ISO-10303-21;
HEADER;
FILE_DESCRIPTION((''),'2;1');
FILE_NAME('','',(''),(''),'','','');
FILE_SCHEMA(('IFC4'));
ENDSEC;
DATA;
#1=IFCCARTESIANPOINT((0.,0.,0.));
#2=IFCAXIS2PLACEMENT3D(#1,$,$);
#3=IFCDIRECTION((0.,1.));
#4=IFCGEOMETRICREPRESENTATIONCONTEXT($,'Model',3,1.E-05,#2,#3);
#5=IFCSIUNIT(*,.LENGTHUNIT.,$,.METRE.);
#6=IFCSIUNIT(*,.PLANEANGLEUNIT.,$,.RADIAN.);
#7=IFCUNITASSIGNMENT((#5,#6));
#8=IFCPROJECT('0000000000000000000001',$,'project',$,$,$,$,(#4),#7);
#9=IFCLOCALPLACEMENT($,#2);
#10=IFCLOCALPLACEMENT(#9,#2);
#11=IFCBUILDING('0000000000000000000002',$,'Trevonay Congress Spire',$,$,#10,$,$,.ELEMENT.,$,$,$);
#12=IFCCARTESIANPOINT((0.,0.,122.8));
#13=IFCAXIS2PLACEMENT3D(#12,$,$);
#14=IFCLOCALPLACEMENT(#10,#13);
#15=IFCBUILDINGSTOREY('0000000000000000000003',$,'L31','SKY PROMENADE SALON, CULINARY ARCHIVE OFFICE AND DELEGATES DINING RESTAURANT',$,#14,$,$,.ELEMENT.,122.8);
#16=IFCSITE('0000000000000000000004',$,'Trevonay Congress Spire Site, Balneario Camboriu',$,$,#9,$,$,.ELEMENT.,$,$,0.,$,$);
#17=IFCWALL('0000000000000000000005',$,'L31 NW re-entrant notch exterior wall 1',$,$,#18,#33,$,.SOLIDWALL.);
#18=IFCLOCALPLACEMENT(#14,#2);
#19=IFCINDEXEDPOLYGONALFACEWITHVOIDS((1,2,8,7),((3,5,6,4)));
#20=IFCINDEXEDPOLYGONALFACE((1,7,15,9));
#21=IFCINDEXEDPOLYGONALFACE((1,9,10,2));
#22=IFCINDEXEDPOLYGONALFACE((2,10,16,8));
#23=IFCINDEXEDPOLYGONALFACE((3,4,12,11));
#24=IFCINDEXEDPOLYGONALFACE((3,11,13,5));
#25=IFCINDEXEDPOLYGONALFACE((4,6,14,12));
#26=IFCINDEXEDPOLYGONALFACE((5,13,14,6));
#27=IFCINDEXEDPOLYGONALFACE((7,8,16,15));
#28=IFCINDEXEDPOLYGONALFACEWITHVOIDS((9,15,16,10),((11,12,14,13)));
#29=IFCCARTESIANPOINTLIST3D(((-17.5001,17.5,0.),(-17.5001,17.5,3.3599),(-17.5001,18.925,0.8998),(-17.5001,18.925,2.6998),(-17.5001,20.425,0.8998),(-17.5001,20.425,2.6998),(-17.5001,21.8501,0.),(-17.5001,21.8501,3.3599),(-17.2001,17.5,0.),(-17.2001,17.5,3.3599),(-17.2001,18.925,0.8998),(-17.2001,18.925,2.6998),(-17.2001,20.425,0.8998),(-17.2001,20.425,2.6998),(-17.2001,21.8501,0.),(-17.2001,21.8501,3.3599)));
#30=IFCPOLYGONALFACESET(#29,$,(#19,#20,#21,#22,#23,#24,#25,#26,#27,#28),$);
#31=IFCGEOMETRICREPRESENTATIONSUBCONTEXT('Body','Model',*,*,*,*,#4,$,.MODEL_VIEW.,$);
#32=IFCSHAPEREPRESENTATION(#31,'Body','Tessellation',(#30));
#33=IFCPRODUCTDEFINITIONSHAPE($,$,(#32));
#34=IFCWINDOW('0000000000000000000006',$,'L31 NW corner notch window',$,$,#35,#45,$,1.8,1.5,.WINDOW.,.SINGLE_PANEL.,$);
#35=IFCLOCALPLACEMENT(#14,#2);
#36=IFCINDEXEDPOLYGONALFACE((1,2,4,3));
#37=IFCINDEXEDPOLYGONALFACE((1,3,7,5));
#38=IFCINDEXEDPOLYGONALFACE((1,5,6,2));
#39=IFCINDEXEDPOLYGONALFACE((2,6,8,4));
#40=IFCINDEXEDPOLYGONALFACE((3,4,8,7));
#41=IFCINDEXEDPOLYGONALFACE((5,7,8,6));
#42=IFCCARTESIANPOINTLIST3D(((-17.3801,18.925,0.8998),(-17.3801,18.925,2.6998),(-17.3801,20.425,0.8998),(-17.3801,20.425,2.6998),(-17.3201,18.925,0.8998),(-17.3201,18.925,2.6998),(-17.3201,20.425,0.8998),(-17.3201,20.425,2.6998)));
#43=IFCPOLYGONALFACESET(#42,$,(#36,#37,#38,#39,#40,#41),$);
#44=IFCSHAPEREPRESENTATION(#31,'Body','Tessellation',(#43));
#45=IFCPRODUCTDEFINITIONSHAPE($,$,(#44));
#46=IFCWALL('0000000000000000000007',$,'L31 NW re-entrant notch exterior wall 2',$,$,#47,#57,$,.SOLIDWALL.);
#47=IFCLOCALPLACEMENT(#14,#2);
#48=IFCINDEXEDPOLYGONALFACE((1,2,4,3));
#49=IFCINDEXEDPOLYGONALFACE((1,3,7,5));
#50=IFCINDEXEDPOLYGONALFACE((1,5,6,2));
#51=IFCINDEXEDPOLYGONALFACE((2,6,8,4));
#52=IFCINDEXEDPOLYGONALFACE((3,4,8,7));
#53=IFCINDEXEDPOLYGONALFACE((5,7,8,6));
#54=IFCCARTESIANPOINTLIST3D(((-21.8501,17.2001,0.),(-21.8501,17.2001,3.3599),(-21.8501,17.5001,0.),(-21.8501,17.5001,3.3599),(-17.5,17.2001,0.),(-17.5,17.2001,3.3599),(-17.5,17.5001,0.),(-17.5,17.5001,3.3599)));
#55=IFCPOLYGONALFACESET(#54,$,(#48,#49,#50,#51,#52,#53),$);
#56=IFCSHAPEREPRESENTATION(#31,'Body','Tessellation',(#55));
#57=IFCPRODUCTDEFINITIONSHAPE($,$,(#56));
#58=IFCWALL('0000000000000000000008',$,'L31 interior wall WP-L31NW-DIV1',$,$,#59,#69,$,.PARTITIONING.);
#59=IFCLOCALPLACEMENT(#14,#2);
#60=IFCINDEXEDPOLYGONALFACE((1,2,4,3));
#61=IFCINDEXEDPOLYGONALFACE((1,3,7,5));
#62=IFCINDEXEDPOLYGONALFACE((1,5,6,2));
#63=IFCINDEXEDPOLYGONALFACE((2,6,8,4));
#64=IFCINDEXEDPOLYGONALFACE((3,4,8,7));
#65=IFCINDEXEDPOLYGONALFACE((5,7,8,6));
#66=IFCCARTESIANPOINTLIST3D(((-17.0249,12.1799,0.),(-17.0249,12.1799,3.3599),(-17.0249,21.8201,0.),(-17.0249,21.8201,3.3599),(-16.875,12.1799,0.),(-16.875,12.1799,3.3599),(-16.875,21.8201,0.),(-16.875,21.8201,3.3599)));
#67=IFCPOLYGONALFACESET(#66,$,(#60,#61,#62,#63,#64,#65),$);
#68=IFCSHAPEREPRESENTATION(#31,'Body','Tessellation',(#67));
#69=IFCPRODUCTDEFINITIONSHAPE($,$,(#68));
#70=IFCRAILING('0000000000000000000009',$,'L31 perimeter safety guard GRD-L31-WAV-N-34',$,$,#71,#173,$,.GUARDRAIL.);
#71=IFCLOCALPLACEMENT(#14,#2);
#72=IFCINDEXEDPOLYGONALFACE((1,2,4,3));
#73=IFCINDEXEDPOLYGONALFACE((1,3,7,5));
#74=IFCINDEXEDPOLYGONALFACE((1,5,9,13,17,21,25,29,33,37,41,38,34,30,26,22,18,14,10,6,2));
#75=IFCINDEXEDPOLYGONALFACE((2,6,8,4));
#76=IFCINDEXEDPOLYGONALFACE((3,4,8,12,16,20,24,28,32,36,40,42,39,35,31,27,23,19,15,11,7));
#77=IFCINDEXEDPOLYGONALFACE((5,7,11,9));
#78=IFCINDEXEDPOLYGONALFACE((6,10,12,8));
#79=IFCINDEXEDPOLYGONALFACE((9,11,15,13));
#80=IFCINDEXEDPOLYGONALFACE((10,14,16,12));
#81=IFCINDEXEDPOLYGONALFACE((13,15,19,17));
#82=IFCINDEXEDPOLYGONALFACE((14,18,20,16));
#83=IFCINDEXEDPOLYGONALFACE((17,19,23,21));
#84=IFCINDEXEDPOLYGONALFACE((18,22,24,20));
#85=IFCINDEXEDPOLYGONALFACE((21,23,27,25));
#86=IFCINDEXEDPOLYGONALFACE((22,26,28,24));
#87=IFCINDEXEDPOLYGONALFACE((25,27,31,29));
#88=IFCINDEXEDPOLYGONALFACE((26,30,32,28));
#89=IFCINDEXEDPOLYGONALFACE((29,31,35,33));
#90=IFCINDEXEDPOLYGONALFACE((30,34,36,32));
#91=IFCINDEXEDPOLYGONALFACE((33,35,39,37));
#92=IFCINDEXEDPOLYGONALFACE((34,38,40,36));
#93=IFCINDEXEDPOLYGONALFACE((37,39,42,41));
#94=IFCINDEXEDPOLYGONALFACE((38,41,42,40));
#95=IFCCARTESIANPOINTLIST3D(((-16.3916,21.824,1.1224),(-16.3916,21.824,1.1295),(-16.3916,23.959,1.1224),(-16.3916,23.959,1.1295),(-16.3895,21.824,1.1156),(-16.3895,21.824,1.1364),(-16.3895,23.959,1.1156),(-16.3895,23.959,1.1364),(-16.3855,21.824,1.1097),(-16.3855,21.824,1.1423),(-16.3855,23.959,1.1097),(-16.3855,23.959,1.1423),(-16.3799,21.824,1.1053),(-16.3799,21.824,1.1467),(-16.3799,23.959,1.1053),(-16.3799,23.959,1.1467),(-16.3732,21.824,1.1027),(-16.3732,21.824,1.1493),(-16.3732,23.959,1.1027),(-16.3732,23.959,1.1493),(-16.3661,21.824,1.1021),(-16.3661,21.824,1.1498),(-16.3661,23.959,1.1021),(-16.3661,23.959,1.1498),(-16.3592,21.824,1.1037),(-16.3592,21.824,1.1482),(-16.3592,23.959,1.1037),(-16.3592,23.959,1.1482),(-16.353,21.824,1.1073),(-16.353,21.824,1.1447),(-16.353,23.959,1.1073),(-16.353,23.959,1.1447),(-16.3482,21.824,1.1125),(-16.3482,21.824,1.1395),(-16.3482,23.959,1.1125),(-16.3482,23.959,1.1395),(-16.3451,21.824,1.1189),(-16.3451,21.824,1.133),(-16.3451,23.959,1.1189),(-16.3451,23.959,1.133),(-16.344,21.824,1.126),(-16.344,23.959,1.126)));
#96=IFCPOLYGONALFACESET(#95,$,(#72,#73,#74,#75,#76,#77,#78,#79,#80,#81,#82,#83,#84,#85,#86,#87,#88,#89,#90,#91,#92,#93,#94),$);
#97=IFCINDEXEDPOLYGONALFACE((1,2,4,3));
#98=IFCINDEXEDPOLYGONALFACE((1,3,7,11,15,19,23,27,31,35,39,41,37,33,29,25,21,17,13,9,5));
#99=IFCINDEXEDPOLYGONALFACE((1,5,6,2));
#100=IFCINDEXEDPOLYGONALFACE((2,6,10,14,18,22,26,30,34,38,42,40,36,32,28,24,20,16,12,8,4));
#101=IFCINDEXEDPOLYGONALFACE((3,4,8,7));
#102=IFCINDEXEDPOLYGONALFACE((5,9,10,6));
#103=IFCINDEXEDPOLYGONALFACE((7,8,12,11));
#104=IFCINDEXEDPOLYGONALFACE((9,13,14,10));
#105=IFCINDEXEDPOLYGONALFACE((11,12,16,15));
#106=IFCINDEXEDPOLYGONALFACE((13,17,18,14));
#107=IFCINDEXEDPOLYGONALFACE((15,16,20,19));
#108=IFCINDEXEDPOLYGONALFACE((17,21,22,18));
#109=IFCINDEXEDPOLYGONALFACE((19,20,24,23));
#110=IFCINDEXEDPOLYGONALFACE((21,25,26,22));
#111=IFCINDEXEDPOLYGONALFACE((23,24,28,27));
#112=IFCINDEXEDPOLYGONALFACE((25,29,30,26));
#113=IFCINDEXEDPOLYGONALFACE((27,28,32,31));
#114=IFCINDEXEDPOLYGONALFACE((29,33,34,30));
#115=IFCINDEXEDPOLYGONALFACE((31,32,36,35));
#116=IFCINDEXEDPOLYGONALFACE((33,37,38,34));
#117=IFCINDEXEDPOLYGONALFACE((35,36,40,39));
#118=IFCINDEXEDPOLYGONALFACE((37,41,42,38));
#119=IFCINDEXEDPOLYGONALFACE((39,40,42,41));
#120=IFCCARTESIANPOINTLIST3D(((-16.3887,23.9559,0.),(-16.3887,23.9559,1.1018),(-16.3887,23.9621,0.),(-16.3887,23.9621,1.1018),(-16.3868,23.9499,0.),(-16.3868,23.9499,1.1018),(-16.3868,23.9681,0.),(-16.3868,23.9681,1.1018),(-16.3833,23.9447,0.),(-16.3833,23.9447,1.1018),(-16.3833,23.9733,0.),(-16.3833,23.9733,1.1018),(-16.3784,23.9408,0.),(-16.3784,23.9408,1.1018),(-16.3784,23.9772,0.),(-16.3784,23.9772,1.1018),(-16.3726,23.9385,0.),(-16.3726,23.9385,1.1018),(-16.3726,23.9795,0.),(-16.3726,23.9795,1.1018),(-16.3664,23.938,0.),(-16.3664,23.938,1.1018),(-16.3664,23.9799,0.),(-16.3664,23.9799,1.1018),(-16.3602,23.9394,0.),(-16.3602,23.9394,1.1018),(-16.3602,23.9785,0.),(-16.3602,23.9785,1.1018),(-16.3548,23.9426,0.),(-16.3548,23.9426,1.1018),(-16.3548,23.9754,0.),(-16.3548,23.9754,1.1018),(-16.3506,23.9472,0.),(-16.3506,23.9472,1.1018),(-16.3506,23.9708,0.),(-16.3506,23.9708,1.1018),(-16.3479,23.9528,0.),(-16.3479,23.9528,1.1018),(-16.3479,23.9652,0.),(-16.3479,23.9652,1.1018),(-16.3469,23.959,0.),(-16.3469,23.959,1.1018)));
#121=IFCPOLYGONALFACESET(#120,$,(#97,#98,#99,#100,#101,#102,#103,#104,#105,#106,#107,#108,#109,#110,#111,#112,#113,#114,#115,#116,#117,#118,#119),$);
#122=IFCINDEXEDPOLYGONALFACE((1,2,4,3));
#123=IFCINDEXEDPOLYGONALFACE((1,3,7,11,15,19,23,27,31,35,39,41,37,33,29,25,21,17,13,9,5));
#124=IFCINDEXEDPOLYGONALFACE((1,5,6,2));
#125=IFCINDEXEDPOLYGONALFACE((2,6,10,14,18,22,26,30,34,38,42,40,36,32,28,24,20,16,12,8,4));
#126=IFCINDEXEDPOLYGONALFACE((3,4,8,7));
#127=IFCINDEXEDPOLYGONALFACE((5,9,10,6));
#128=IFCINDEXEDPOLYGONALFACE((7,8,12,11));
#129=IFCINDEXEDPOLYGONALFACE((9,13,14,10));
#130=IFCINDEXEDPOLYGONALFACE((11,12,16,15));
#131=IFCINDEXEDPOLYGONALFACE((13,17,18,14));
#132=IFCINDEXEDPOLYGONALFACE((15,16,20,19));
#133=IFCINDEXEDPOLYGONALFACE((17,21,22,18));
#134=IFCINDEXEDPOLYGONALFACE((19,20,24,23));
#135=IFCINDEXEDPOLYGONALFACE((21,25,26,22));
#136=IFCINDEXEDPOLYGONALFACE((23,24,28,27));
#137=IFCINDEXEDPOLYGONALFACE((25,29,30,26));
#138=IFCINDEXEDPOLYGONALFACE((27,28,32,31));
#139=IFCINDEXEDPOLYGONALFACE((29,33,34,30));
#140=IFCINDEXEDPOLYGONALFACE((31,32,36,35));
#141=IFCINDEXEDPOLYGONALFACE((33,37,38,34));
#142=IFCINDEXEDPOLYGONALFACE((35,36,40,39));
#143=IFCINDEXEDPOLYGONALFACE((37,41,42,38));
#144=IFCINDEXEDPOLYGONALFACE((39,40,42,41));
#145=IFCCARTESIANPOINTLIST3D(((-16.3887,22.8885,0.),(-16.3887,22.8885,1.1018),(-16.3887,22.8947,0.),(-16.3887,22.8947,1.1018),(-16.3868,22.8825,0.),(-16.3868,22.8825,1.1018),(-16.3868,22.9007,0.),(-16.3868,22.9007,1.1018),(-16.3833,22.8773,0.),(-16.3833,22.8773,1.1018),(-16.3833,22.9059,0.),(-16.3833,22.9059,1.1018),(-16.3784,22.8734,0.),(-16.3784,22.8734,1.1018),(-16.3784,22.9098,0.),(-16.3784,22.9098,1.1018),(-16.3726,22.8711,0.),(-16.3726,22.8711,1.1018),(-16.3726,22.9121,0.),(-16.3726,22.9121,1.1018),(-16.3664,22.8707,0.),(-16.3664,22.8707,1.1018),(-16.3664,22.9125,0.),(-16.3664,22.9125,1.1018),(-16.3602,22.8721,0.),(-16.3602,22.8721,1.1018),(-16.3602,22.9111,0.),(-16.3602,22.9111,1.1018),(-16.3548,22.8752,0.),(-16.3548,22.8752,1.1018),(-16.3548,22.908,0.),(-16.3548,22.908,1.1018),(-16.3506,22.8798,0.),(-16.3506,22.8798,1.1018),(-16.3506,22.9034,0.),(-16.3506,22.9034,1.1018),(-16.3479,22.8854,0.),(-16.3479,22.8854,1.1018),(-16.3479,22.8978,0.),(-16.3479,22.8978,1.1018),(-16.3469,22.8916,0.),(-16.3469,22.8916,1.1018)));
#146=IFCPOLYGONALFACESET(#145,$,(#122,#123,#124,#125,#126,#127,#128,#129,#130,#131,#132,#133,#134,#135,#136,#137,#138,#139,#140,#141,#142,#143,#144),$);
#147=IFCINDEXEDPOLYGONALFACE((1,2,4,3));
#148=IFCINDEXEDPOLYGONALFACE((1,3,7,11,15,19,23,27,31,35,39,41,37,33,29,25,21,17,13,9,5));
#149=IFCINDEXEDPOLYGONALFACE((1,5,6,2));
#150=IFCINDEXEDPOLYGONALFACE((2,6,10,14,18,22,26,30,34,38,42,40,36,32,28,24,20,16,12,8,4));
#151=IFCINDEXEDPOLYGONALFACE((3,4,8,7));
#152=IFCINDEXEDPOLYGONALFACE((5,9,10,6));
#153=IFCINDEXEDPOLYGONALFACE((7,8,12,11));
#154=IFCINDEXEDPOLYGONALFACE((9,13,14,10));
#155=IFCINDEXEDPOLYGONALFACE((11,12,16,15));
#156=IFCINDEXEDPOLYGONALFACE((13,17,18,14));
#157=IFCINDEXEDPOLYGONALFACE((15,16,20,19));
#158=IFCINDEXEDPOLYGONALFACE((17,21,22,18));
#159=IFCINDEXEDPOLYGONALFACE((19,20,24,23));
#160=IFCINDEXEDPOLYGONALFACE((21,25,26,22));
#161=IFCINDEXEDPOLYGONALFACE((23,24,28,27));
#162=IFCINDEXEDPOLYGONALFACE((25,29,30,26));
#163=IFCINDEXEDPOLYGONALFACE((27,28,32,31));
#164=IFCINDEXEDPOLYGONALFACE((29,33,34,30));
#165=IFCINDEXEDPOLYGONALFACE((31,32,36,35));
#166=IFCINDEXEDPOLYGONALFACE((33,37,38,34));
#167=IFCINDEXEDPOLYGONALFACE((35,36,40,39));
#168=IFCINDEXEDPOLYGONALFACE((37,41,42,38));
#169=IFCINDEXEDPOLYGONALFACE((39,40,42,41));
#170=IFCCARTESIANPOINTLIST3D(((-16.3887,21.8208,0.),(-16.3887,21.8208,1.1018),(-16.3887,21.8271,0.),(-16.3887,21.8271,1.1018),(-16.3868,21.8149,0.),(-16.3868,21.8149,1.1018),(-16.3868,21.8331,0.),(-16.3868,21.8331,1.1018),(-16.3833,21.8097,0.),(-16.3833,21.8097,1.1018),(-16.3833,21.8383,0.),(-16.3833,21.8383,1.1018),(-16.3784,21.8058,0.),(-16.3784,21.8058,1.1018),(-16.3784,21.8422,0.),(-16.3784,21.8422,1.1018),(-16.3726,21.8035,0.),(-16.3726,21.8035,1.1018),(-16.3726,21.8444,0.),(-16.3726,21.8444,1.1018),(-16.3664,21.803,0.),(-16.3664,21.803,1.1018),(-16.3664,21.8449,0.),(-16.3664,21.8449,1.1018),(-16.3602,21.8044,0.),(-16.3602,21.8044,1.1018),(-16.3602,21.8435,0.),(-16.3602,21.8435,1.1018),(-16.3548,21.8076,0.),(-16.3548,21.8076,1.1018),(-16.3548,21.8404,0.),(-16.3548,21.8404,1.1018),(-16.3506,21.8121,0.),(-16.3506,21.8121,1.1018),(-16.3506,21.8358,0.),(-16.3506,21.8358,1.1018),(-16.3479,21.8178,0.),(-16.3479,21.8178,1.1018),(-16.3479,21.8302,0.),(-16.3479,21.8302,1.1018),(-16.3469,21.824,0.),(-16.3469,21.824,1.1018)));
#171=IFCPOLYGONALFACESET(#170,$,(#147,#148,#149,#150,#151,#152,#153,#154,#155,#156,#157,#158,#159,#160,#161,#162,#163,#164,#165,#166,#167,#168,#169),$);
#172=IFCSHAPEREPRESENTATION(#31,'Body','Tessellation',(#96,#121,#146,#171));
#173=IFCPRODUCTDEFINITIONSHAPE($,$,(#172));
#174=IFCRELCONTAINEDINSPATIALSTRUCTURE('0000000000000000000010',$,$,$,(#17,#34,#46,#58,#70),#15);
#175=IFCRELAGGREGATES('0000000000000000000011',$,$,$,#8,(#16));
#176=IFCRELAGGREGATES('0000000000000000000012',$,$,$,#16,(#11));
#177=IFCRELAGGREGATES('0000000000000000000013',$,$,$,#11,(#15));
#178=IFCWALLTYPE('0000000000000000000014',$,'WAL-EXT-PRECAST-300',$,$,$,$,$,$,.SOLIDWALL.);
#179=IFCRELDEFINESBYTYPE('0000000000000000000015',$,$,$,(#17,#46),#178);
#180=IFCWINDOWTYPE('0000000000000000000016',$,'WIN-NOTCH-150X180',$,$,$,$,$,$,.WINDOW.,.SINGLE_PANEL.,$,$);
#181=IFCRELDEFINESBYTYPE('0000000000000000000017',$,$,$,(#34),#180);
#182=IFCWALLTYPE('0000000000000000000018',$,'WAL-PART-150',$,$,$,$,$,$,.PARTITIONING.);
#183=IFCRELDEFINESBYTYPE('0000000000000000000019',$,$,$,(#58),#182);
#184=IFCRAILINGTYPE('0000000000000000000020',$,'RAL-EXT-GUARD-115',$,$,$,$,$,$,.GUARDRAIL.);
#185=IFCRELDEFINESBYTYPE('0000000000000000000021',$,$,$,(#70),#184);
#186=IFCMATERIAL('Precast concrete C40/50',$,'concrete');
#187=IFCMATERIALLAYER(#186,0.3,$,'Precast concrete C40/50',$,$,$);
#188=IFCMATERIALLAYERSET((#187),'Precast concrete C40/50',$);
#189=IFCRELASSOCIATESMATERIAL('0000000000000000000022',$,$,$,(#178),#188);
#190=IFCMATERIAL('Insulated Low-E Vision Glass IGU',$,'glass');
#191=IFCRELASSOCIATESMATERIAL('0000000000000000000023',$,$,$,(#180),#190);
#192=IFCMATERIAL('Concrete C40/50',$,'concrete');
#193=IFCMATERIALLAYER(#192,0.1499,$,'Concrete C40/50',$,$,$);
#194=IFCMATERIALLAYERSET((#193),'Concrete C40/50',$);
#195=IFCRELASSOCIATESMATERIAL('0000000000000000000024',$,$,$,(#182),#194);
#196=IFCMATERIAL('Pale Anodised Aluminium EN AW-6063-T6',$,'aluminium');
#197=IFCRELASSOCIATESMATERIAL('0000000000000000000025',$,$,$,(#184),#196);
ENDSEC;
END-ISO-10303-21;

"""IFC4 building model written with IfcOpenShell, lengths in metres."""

from ifc_helpers import new_model, si_unit, direction, frame, frame_2d, origin, origin_2d, place, context, subcontext, project, spatial, rectangle, circle, extrude, material, layer, layer_set, type_object, element, fill, save


model = new_model("IFC4")

# Units and contexts
model_context = context("Model", 3, precision=1e-05, world=origin(), true_north=direction((0.0, 1.0)))
body_context = subcontext(model_context, "Body", "Model", "MODEL_VIEW")
ifc_project = project(units=[si_unit("LENGTHUNIT", "METRE"), si_unit("PLANEANGLEUNIT", "RADIAN")], contexts=[model_context])

# Site, building, storey
site_placement = place(None, origin())
site = spatial("IfcSite", under=ifc_project, at=site_placement, Name="Trevonay Congress Spire Site, Balneario Camboriu", CompositionType="ELEMENT", RefElevation=0.0)
building_placement = place(site_placement, origin())
building = spatial("IfcBuilding", under=site, at=building_placement, Name="Trevonay Congress Spire", CompositionType="ELEMENT")
storey_placement = place(building_placement, frame((0.0, 0.0, 122.8)))
storey = spatial("IfcBuildingStorey", under=building, at=storey_placement, Name="L31", Description="SKY PROMENADE SALON, CULINARY ARCHIVE OFFICE AND DELEGATES DINING RESTAURANT", CompositionType="ELEMENT", Elevation=122.8)

# Shared definitions
ifc_material_1 = material(Name="Concrete C40/50", Category="concrete")
ifc_material_2 = material(Name="Pale Anodised Aluminium EN AW-6063-T6", Category="aluminium")

# Shared definitions
ifc_material_3 = material(Name="Precast concrete C40/50", Category="concrete")
ifc_layer_1 = layer(ifc_material_3, 0.3, Name="Precast concrete C40/50")
ifc_layer_set_1 = layer_set([ifc_layer_1], Name="Precast concrete C40/50")
wall_type_1 = type_object("IfcWallType", Name="WAL-EXT-PRECAST-300", PredefinedType="SOLIDWALL", material=ifc_layer_set_1)

# Wall, opening, window
wall_1_placement = place(storey_placement, frame((-17.3501, 21.8501, 0.0), z_axis=(0.0, 0.0, 1.0), x_axis=(0.0, -1.0, 0.0)))
wall_1 = element("IfcWall", 1, at=wall_1_placement, inside=storey, type_object=wall_type_1, Name="L31 NW re-entrant notch exterior wall 1", PredefinedType="SOLIDWALL", context=body_context, shape_type="SweptSolid", body=[
    extrude(rectangle(XDim=4.3501, YDim=0.3, at=frame_2d((2.175, 0.0))), origin(), (0.0, 0.0, 1.0), 3.3599),
])
opening_1_placement = place(wall_1_placement, frame((1.425, 0.0, 0.8999)))
opening_1 = element("IfcOpeningElement", 2, at=opening_1_placement, cuts=wall_1, PredefinedType="OPENING", context=body_context, shape_type="SweptSolid", body=[
    extrude(rectangle(XDim=1.5, YDim=1.8, at=frame_2d((0.75, 0.8999))), frame((0.0, 0.1602, 0.0), z_axis=(0.0, -1.0, 0.0), x_axis=(1.0, 0.0, 0.0)), (0.0, 0.0, 1.0), 0.3201),
])
ifc_material_4 = material(Name="Insulated Low-E Vision Glass IGU", Category="glass")
window_type = type_object("IfcWindowType", Name="WIN-NOTCH-150X180", PartitioningType="SINGLE_PANEL", PredefinedType="WINDOW", material=ifc_material_4)
window_placement = place(opening_1_placement, origin())
window = element("IfcWindow", 3, at=window_placement, inside=storey, type_object=window_type, Name="L31 NW corner notch window", OverallHeight=1.8, OverallWidth=1.5, PartitioningType="SINGLE_PANEL", PredefinedType="WINDOW", context=body_context, shape_type="SweptSolid", body=[
    extrude(rectangle(XDim=1.5, YDim=1.8, at=frame_2d((0.75, 0.8999))), frame((0.0, 0.03, 0.0), z_axis=(0.0, -1.0, 0.0), x_axis=(1.0, 0.0, 0.0)), (0.0, 0.0, 1.0), 0.0601),
])
fill(opening_1, window)

# Walls
wall_2_placement = place(storey_placement, frame((-21.8501, 17.3501, 0.0), z_axis=(0.0, 0.0, 1.0), x_axis=(1.0, 0.0, 0.0)))
element("IfcWall", 4, at=wall_2_placement, inside=storey, type_object=wall_type_1, Name="L31 NW re-entrant notch exterior wall 2", PredefinedType="SOLIDWALL", context=body_context, shape_type="SweptSolid", body=[
    extrude(rectangle(XDim=4.3501, YDim=0.3, at=frame_2d((2.175, 0.0))), origin(), (0.0, 0.0, 1.0), 3.3599),
])
ifc_layer_2 = layer(ifc_material_1, 0.1499, Name="Concrete C40/50")
ifc_layer_set_2 = layer_set([ifc_layer_2], Name="Concrete C40/50")
wall_type_2 = type_object("IfcWallType", Name="WAL-PART-150", PredefinedType="PARTITIONING", material=ifc_layer_set_2)
wall_3_placement = place(storey_placement, frame((-16.95, 12.1799, 0.0), z_axis=(0.0, 0.0, 1.0), x_axis=(0.0, 1.0, 0.0)))
element("IfcWall", 5, at=wall_3_placement, inside=storey, type_object=wall_type_2, Name="L31 interior wall WP-L31NW-DIV1", PredefinedType="PARTITIONING", context=body_context, shape_type="SweptSolid", body=[
    extrude(rectangle(XDim=9.6401, YDim=0.1499, at=frame_2d((4.8201, 0.0))), origin(), (0.0, 0.0, 1.0), 3.3599),
])

# Railing
railing_type = type_object("IfcRailingType", Name="RAL-EXT-GUARD-115", PredefinedType="GUARDRAIL", material=ifc_material_2)
railing_1_placement = place(storey_placement, frame((-16.3679, 23.959, 0.0)))
element("IfcRailing", 6, at=railing_1_placement, inside=storey, type_object=railing_type, Name="L31 perimeter safety guard GRD-L31-WAV-N-34", PredefinedType="GUARDRAIL", context=body_context, shape_type="SweptSolid", body=[
    extrude(circle(Radius=0.0239, at=origin_2d()), frame((0.0, 0.0, 1.126), z_axis=(0.0, -1.0, 0.0), x_axis=(1.0, 0.0, 0.0)), (0.0, 0.0, 1.0), 2.135),
    extrude(circle(Radius=0.021, at=origin_2d()), origin(), (0.0, 0.0, 1.0), 1.1018),
    extrude(circle(Radius=0.021, at=origin_2d()), frame((0.0, -1.0674, 0.0)), (0.0, 0.0, 1.0), 1.1018),
    extrude(circle(Radius=0.021, at=origin_2d()), frame((0.0, -2.135, 0.0)), (0.0, 0.0, 1.0), 1.1018),
])

save(model, "model.ifc")
